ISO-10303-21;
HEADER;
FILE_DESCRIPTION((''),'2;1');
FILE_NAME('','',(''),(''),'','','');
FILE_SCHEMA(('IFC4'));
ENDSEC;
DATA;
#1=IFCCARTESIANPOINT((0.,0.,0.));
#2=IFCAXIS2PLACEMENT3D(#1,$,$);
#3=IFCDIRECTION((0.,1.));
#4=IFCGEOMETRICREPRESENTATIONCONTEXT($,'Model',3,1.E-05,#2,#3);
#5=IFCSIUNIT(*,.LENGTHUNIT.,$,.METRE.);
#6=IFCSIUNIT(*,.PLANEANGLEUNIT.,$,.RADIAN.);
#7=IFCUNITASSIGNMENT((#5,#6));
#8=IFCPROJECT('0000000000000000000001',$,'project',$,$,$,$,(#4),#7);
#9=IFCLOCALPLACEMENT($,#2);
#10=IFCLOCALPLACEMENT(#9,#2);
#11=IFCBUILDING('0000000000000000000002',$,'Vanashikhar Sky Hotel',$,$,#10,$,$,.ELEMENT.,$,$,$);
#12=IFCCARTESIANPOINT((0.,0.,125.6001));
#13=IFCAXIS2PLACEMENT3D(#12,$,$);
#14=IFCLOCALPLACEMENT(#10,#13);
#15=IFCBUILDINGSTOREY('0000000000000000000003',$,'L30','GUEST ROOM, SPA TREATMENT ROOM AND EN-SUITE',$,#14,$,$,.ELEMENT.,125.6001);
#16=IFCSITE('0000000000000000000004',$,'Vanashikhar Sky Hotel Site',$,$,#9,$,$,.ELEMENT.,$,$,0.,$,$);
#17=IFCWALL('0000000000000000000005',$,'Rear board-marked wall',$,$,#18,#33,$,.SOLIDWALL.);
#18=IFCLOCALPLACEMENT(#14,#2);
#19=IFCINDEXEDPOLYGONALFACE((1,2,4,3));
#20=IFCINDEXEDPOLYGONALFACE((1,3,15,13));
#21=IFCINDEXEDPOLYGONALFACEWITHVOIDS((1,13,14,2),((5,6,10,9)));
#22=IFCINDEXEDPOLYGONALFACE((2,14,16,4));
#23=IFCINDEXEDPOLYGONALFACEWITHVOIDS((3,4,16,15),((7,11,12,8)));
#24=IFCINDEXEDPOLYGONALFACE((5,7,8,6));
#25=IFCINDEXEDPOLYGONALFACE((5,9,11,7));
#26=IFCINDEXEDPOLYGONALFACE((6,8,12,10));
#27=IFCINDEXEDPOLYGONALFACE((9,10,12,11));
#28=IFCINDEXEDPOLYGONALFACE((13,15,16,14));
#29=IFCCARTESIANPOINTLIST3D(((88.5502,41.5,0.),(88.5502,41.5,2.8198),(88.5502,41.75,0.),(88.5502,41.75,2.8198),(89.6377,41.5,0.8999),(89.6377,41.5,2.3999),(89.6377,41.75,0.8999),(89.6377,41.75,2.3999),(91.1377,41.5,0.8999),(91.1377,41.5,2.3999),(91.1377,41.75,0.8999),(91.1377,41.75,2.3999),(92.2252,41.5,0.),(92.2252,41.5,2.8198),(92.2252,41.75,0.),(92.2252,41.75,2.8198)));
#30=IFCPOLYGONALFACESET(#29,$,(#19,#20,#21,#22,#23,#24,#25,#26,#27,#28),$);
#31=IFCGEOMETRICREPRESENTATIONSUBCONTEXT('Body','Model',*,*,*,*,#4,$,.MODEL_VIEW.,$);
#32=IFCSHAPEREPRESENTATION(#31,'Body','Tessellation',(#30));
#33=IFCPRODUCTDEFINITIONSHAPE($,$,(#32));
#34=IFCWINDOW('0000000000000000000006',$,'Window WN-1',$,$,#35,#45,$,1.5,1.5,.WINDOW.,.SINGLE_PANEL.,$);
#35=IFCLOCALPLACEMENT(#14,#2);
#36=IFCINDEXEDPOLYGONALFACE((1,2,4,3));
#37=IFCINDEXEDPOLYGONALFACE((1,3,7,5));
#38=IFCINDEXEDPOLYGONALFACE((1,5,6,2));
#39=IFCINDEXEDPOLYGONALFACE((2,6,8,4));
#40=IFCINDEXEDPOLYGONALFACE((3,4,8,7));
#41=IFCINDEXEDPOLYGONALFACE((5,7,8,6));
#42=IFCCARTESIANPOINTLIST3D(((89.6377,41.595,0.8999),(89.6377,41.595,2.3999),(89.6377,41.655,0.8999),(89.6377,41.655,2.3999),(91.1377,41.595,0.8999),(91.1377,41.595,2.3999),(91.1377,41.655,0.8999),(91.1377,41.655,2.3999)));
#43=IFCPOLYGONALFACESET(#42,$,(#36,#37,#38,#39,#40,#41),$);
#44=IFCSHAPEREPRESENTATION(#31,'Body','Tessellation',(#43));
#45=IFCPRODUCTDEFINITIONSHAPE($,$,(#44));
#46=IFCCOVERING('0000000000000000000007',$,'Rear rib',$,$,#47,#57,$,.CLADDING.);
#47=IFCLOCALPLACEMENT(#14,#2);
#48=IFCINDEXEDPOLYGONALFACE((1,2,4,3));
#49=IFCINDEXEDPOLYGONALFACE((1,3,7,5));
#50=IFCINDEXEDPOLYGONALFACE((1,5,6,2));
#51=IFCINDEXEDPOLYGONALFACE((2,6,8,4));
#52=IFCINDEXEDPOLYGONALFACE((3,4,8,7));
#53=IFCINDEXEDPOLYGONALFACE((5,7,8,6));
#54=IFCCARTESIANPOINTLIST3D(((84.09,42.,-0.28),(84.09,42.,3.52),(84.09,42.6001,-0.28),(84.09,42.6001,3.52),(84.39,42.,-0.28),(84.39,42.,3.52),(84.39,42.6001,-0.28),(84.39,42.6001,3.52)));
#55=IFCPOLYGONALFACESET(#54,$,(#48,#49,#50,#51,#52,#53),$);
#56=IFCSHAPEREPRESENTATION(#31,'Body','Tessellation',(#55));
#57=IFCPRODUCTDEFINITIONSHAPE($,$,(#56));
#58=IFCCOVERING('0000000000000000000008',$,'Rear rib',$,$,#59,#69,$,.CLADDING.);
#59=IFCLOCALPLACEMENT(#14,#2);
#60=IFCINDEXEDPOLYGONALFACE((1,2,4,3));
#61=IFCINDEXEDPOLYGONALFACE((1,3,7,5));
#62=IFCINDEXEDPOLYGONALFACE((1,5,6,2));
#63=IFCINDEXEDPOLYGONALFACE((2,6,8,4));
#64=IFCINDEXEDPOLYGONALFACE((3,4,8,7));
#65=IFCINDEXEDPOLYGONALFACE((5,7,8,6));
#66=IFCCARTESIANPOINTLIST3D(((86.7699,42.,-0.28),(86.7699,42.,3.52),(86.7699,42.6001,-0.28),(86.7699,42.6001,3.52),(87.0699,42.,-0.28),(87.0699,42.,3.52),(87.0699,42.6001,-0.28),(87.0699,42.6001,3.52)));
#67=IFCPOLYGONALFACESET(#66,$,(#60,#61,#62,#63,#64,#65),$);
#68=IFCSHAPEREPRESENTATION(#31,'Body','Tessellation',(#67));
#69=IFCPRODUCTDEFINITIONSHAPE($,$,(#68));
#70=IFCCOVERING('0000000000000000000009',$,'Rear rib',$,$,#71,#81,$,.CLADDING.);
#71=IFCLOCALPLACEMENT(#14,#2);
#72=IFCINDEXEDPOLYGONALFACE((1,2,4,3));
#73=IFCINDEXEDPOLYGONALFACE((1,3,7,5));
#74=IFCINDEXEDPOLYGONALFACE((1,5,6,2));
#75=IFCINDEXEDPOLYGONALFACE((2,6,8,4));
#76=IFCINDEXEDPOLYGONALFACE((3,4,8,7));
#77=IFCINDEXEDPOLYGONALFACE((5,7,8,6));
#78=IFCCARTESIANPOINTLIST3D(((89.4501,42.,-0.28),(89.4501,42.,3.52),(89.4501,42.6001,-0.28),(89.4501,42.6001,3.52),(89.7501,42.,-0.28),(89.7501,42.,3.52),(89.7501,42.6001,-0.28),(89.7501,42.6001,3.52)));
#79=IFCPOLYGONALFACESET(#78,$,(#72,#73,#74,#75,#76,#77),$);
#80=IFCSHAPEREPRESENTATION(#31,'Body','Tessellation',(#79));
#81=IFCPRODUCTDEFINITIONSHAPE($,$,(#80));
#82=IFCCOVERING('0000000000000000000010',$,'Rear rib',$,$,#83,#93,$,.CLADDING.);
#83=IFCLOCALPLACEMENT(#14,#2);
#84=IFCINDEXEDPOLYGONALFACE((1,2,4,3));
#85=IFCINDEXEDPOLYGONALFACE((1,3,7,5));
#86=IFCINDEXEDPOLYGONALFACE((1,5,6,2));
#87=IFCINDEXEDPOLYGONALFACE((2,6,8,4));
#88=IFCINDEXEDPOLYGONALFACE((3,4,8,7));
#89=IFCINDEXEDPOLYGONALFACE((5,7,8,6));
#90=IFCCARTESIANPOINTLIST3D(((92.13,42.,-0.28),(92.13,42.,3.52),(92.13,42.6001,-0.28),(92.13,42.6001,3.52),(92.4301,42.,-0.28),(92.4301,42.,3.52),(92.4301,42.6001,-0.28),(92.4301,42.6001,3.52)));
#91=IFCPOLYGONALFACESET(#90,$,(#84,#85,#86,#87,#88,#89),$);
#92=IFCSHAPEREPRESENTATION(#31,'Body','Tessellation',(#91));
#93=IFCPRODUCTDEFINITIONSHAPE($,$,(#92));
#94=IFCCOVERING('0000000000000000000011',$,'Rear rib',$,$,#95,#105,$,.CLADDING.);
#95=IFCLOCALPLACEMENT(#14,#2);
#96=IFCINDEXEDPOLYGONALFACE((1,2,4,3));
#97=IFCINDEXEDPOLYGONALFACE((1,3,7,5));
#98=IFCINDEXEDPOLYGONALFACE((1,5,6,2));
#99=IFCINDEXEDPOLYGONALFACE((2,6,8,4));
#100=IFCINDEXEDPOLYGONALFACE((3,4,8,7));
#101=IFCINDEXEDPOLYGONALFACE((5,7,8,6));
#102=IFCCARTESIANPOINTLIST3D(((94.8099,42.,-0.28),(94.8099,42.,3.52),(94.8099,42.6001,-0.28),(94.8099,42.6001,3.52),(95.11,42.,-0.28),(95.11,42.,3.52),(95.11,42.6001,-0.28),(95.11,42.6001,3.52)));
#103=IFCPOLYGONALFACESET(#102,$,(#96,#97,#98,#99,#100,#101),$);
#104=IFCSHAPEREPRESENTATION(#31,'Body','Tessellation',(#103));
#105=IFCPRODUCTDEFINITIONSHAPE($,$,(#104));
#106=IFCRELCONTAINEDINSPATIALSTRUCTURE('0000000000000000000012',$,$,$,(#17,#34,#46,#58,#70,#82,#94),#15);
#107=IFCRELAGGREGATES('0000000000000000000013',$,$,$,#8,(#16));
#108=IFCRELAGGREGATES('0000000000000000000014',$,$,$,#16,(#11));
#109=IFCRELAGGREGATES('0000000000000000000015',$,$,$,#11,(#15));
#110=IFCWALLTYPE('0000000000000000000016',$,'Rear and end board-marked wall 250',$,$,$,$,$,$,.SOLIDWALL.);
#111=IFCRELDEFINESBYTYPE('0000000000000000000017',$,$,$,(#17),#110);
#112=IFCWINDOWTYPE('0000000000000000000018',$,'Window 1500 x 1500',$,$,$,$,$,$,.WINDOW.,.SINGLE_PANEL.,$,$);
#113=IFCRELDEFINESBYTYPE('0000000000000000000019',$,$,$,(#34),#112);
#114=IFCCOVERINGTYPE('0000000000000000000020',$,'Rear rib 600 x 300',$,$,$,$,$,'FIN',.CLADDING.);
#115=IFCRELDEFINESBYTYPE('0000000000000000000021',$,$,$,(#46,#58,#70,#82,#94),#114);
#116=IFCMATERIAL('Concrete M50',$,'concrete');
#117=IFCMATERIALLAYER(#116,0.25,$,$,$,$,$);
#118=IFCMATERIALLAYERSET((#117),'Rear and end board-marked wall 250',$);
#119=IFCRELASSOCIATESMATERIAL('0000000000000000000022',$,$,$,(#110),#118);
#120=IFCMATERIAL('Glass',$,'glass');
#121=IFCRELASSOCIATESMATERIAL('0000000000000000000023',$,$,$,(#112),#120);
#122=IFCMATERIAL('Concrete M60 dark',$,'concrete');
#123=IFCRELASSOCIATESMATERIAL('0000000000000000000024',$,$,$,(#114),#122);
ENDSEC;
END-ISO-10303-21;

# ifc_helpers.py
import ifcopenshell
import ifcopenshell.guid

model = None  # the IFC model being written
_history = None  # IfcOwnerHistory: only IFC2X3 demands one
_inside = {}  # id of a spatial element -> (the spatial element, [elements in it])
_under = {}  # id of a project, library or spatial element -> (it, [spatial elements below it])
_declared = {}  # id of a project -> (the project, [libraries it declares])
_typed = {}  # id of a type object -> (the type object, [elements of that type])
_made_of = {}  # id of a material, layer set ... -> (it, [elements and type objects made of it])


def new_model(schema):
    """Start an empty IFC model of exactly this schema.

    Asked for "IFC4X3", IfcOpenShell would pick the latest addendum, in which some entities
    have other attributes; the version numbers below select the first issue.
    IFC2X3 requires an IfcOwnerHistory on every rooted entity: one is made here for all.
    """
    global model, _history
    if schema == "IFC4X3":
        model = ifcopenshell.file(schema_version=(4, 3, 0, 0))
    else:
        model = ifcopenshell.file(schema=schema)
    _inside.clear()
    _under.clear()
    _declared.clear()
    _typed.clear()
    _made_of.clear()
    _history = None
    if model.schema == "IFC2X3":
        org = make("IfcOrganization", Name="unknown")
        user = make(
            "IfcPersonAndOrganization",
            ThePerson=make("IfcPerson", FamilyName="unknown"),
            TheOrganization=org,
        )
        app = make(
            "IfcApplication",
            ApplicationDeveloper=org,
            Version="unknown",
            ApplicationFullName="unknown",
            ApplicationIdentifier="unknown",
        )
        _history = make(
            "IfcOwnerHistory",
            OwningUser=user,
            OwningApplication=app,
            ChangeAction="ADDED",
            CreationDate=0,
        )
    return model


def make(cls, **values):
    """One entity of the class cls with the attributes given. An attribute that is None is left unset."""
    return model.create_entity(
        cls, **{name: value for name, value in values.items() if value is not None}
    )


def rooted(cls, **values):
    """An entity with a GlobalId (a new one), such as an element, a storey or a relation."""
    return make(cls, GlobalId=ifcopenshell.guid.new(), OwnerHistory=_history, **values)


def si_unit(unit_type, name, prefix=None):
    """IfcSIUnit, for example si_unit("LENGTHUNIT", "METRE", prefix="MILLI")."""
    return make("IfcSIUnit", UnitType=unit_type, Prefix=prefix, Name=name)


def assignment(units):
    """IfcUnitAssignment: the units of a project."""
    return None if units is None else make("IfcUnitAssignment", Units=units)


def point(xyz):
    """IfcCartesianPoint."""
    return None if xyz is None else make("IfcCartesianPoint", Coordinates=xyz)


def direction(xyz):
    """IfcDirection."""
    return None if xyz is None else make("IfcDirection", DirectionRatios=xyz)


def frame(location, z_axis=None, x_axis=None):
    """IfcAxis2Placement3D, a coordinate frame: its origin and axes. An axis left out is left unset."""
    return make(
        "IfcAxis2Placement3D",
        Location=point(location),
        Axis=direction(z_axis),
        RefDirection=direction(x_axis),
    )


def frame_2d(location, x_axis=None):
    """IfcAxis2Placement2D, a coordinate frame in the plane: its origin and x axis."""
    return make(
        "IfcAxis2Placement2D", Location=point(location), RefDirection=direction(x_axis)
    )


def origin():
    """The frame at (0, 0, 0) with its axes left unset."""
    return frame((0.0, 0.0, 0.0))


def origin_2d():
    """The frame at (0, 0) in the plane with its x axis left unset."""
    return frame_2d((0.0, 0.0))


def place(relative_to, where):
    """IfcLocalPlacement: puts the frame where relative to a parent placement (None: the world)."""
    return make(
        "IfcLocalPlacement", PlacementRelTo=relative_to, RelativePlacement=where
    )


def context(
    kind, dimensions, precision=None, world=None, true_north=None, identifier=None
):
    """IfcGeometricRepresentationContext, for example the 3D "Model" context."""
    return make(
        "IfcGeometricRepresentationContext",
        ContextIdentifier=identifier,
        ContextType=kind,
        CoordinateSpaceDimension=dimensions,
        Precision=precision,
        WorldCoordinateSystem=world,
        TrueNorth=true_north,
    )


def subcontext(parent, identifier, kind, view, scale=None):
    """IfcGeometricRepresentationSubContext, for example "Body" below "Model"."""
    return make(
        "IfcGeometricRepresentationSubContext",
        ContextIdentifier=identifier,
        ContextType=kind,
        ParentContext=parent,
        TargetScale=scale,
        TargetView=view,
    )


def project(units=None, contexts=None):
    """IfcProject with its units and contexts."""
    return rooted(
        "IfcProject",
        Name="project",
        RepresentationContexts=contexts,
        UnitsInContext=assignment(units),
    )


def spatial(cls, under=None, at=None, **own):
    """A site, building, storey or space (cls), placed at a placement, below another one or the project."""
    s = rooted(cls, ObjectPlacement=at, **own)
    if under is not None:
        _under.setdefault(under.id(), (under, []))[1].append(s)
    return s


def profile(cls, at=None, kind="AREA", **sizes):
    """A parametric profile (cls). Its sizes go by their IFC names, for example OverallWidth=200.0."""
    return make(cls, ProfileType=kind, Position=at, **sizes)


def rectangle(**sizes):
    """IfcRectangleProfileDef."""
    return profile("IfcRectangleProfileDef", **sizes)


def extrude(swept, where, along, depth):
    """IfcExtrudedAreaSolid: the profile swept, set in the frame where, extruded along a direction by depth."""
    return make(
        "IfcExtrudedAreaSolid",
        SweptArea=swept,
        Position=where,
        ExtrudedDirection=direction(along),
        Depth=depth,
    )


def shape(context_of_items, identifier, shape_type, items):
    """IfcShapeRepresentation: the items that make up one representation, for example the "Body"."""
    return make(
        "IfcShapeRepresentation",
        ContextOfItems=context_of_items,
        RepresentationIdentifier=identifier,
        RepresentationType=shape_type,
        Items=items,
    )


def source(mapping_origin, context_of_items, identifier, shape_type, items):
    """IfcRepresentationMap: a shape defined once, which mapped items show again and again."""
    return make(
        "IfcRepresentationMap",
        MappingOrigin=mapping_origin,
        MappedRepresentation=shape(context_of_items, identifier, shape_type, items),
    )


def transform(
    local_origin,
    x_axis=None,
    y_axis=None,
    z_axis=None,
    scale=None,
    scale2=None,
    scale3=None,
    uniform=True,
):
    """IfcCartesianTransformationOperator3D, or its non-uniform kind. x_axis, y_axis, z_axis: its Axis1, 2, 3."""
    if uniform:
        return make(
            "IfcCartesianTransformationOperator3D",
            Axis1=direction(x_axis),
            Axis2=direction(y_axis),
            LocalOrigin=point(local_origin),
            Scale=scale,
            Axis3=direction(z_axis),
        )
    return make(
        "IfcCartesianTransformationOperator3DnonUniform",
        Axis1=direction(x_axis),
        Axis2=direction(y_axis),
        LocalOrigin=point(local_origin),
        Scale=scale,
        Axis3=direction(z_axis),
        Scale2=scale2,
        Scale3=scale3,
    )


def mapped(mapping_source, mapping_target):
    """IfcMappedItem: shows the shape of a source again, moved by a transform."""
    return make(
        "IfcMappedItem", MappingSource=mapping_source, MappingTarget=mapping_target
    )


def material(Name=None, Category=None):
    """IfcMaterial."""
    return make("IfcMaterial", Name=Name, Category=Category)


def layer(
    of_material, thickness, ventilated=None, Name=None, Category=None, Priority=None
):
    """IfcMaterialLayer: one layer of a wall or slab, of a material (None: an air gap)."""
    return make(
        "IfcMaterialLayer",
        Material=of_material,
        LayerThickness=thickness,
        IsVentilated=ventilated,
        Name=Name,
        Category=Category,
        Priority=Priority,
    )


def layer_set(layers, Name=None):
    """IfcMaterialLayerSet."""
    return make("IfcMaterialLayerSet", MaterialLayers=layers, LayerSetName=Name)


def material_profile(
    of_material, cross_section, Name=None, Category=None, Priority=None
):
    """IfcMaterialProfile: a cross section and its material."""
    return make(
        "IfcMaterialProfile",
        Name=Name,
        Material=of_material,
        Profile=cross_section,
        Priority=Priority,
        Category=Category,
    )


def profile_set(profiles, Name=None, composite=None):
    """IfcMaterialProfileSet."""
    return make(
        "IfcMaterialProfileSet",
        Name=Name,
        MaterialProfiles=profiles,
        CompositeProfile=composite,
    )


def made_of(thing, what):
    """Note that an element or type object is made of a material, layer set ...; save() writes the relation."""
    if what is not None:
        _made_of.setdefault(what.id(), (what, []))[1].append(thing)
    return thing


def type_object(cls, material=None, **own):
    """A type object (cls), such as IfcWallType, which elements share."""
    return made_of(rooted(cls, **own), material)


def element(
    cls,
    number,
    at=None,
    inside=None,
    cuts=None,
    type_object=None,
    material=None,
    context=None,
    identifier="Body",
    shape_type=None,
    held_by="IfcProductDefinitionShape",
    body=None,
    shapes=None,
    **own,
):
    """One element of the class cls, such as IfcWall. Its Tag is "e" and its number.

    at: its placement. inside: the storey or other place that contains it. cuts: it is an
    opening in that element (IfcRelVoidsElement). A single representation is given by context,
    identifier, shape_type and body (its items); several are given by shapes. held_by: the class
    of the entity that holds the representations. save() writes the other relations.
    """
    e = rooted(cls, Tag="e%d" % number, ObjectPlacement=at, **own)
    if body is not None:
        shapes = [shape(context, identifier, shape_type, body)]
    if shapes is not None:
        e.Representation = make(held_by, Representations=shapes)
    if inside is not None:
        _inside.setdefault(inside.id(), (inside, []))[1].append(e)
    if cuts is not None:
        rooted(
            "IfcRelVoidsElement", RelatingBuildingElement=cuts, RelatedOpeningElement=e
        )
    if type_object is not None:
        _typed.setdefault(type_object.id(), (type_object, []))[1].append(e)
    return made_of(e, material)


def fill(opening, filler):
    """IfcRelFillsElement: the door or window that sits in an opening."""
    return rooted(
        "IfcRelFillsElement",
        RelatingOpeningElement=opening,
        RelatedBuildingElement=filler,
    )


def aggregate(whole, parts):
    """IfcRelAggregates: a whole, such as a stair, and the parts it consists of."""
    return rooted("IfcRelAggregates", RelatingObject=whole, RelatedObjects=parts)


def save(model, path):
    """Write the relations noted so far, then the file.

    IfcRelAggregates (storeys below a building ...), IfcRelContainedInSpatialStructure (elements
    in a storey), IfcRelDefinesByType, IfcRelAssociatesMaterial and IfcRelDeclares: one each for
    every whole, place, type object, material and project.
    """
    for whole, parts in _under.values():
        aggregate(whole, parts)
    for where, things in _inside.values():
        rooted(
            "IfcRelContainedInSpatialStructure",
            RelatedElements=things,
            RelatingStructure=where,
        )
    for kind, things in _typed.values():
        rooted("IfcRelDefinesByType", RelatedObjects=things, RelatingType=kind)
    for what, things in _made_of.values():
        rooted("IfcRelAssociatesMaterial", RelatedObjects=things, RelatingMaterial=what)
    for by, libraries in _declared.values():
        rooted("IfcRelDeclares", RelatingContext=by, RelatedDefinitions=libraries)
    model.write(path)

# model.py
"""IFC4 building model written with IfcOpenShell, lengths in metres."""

from ifc_helpers import new_model, si_unit, direction, frame, frame_2d, origin, origin_2d, place, context, subcontext, project, spatial, rectangle, extrude, source, transform, mapped, material, layer, layer_set, material_profile, profile_set, type_object, element, fill, save


model = new_model("IFC4")

# Units and contexts
model_context = context("Model", 3, precision=1e-05, world=origin(), true_north=direction((0.0, 1.0)))
body_context = subcontext(model_context, "Body", "Model", "MODEL_VIEW")
ifc_project = project(units=[si_unit("LENGTHUNIT", "METRE"), si_unit("PLANEANGLEUNIT", "RADIAN")], contexts=[model_context])

# Site, building, storey
site_placement = place(None, origin())
site = spatial("IfcSite", under=ifc_project, at=site_placement, Name="Vanashikhar Sky Hotel Site", CompositionType="ELEMENT", RefElevation=0.0)
building_placement = place(site_placement, origin())
building = spatial("IfcBuilding", under=site, at=building_placement, Name="Vanashikhar Sky Hotel", CompositionType="ELEMENT")
storey_placement = place(building_placement, frame((0.0, 0.0, 125.6001)))
storey = spatial("IfcBuildingStorey", under=building, at=storey_placement, Name="L30", Description="GUEST ROOM, SPA TREATMENT ROOM AND EN-SUITE", CompositionType="ELEMENT", Elevation=125.6001)

# Shared definitions
ifc_material_1 = material(Name="Concrete M50", Category="concrete")

# Wall, opening, window
ifc_material_2 = material(Name="Glass", Category="glass")
ifc_layer_1 = layer(ifc_material_1, 0.25)
ifc_layer_set_1 = layer_set([ifc_layer_1], Name="Rear and end board-marked wall 250")
wall_type_1 = type_object("IfcWallType", Name="Rear and end board-marked wall 250", PredefinedType="SOLIDWALL", material=ifc_layer_set_1)
shared_shape_1 = source(origin(), body_context, "Body", "SweptSolid", [
    extrude(rectangle(XDim=1.5, YDim=1.5, at=frame_2d((0.75, 0.75))), frame((0.0, 0.135, 0.0), z_axis=(0.0, -1.0, 0.0), x_axis=(1.0, 0.0, 0.0)), (0.0, 0.0, 1.0), 0.27),
])
window_type_1 = type_object("IfcWindowType", Name="Window 1500 x 1500", PartitioningType="SINGLE_PANEL", PredefinedType="WINDOW", material=ifc_material_2)
shared_shape_2 = source(origin(), body_context, "Body", "SweptSolid", [
    extrude(rectangle(XDim=1.5, YDim=1.5, at=frame_2d((0.75, 0.75))), frame((0.0, 0.03, 0.0), z_axis=(0.0, -1.0, 0.0), x_axis=(1.0, 0.0, 0.0)), (0.0, 0.0, 1.0), 0.0601),
])
shared_shape_3 = source(origin(), body_context, "Body", "SweptSolid", [
    extrude(rectangle(XDim=3.675, YDim=0.25, at=frame_2d((1.8374, 0.0))), origin(), (0.0, 0.0, 1.0), 2.8198),
])
wall_1_placement = place(storey_placement, frame((92.2251, 41.625, 0.0), z_axis=(0.0, 0.0, 1.0), x_axis=(-1.0, 0.0, 0.0)))
wall_1 = element("IfcWall", 1, at=wall_1_placement, inside=storey, type_object=wall_type_1, Name="Rear board-marked wall", PredefinedType="SOLIDWALL", context=body_context, shape_type="MappedRepresentation", body=[
    mapped(shared_shape_3, transform((0.0, 0.0, 0.0), scale=1.0)),
])
opening_1_placement = place(wall_1_placement, frame((1.0874, 0.0, 0.8999)))
opening_1 = element("IfcOpeningElement", 2, at=opening_1_placement, cuts=wall_1, PredefinedType="OPENING", context=body_context, shape_type="MappedRepresentation", body=[
    mapped(shared_shape_1, transform((0.0, 0.0, 0.0), scale=1.0)),
])
window_1_placement = place(opening_1_placement, origin())
window_1 = element("IfcWindow", 3, at=window_1_placement, inside=storey, type_object=window_type_1, Name="Window WN-1", OverallHeight=1.5, OverallWidth=1.5, PartitioningType="SINGLE_PANEL", PredefinedType="WINDOW", context=body_context, shape_type="MappedRepresentation", body=[
    mapped(shared_shape_2, transform((0.0, 0.0, 0.0), scale=1.0)),
])
fill(opening_1, window_1)

# Coverings
ifc_material_3 = material(Name="Concrete M60 dark", Category="concrete")
ifc_material_profile_1 = material_profile(ifc_material_3, rectangle(XDim=0.6001, YDim=0.3, at=origin_2d()))
ifc_profile_set_1 = profile_set([ifc_material_profile_1], Name="Rear rib 600 x 300")
covering_type = type_object("IfcCoveringType", Name="Rear rib 600 x 300", ElementType="FIN", PredefinedType="CLADDING", material=ifc_profile_set_1)
shared_shape_4 = source(origin(), body_context, "Body", "SweptSolid", [
    extrude(rectangle(XDim=0.6001, YDim=0.3, at=origin_2d()), origin(), (0.0, 0.0, 1.0), 3.8),
])
for number, where, z_axis, x_axis, name in (
    (4, (84.24, 42.3, -0.28), (0.0, 0.0, 1.0), (0.0, 1.0, 0.0), "Rear rib"),
    (5, (86.9199, 42.3, -0.28), (0.0, 0.0, 1.0), (0.0, 1.0, 0.0), "Rear rib"),
    (6, (89.6001, 42.3, -0.28), (0.0, 0.0, 1.0), (0.0, 1.0, 0.0), "Rear rib"),
    (7, (92.28, 42.3, -0.28), (0.0, 0.0, 1.0), (0.0, 1.0, 0.0), "Rear rib"),
    (8, (94.96, 42.3, -0.28), (0.0, 0.0, 1.0), (0.0, 1.0, 0.0), "Rear rib"),
):
    element("IfcCovering", number, at=place(storey_placement, frame(where, z_axis=z_axis, x_axis=x_axis)), inside=storey, type_object=covering_type, Name=name, PredefinedType="CLADDING", context=body_context, shape_type="MappedRepresentation", body=[
        mapped(shared_shape_4, transform((0.0, 0.0, 0.0), scale=1.0)),
    ])

save(model, "model.ifc")
